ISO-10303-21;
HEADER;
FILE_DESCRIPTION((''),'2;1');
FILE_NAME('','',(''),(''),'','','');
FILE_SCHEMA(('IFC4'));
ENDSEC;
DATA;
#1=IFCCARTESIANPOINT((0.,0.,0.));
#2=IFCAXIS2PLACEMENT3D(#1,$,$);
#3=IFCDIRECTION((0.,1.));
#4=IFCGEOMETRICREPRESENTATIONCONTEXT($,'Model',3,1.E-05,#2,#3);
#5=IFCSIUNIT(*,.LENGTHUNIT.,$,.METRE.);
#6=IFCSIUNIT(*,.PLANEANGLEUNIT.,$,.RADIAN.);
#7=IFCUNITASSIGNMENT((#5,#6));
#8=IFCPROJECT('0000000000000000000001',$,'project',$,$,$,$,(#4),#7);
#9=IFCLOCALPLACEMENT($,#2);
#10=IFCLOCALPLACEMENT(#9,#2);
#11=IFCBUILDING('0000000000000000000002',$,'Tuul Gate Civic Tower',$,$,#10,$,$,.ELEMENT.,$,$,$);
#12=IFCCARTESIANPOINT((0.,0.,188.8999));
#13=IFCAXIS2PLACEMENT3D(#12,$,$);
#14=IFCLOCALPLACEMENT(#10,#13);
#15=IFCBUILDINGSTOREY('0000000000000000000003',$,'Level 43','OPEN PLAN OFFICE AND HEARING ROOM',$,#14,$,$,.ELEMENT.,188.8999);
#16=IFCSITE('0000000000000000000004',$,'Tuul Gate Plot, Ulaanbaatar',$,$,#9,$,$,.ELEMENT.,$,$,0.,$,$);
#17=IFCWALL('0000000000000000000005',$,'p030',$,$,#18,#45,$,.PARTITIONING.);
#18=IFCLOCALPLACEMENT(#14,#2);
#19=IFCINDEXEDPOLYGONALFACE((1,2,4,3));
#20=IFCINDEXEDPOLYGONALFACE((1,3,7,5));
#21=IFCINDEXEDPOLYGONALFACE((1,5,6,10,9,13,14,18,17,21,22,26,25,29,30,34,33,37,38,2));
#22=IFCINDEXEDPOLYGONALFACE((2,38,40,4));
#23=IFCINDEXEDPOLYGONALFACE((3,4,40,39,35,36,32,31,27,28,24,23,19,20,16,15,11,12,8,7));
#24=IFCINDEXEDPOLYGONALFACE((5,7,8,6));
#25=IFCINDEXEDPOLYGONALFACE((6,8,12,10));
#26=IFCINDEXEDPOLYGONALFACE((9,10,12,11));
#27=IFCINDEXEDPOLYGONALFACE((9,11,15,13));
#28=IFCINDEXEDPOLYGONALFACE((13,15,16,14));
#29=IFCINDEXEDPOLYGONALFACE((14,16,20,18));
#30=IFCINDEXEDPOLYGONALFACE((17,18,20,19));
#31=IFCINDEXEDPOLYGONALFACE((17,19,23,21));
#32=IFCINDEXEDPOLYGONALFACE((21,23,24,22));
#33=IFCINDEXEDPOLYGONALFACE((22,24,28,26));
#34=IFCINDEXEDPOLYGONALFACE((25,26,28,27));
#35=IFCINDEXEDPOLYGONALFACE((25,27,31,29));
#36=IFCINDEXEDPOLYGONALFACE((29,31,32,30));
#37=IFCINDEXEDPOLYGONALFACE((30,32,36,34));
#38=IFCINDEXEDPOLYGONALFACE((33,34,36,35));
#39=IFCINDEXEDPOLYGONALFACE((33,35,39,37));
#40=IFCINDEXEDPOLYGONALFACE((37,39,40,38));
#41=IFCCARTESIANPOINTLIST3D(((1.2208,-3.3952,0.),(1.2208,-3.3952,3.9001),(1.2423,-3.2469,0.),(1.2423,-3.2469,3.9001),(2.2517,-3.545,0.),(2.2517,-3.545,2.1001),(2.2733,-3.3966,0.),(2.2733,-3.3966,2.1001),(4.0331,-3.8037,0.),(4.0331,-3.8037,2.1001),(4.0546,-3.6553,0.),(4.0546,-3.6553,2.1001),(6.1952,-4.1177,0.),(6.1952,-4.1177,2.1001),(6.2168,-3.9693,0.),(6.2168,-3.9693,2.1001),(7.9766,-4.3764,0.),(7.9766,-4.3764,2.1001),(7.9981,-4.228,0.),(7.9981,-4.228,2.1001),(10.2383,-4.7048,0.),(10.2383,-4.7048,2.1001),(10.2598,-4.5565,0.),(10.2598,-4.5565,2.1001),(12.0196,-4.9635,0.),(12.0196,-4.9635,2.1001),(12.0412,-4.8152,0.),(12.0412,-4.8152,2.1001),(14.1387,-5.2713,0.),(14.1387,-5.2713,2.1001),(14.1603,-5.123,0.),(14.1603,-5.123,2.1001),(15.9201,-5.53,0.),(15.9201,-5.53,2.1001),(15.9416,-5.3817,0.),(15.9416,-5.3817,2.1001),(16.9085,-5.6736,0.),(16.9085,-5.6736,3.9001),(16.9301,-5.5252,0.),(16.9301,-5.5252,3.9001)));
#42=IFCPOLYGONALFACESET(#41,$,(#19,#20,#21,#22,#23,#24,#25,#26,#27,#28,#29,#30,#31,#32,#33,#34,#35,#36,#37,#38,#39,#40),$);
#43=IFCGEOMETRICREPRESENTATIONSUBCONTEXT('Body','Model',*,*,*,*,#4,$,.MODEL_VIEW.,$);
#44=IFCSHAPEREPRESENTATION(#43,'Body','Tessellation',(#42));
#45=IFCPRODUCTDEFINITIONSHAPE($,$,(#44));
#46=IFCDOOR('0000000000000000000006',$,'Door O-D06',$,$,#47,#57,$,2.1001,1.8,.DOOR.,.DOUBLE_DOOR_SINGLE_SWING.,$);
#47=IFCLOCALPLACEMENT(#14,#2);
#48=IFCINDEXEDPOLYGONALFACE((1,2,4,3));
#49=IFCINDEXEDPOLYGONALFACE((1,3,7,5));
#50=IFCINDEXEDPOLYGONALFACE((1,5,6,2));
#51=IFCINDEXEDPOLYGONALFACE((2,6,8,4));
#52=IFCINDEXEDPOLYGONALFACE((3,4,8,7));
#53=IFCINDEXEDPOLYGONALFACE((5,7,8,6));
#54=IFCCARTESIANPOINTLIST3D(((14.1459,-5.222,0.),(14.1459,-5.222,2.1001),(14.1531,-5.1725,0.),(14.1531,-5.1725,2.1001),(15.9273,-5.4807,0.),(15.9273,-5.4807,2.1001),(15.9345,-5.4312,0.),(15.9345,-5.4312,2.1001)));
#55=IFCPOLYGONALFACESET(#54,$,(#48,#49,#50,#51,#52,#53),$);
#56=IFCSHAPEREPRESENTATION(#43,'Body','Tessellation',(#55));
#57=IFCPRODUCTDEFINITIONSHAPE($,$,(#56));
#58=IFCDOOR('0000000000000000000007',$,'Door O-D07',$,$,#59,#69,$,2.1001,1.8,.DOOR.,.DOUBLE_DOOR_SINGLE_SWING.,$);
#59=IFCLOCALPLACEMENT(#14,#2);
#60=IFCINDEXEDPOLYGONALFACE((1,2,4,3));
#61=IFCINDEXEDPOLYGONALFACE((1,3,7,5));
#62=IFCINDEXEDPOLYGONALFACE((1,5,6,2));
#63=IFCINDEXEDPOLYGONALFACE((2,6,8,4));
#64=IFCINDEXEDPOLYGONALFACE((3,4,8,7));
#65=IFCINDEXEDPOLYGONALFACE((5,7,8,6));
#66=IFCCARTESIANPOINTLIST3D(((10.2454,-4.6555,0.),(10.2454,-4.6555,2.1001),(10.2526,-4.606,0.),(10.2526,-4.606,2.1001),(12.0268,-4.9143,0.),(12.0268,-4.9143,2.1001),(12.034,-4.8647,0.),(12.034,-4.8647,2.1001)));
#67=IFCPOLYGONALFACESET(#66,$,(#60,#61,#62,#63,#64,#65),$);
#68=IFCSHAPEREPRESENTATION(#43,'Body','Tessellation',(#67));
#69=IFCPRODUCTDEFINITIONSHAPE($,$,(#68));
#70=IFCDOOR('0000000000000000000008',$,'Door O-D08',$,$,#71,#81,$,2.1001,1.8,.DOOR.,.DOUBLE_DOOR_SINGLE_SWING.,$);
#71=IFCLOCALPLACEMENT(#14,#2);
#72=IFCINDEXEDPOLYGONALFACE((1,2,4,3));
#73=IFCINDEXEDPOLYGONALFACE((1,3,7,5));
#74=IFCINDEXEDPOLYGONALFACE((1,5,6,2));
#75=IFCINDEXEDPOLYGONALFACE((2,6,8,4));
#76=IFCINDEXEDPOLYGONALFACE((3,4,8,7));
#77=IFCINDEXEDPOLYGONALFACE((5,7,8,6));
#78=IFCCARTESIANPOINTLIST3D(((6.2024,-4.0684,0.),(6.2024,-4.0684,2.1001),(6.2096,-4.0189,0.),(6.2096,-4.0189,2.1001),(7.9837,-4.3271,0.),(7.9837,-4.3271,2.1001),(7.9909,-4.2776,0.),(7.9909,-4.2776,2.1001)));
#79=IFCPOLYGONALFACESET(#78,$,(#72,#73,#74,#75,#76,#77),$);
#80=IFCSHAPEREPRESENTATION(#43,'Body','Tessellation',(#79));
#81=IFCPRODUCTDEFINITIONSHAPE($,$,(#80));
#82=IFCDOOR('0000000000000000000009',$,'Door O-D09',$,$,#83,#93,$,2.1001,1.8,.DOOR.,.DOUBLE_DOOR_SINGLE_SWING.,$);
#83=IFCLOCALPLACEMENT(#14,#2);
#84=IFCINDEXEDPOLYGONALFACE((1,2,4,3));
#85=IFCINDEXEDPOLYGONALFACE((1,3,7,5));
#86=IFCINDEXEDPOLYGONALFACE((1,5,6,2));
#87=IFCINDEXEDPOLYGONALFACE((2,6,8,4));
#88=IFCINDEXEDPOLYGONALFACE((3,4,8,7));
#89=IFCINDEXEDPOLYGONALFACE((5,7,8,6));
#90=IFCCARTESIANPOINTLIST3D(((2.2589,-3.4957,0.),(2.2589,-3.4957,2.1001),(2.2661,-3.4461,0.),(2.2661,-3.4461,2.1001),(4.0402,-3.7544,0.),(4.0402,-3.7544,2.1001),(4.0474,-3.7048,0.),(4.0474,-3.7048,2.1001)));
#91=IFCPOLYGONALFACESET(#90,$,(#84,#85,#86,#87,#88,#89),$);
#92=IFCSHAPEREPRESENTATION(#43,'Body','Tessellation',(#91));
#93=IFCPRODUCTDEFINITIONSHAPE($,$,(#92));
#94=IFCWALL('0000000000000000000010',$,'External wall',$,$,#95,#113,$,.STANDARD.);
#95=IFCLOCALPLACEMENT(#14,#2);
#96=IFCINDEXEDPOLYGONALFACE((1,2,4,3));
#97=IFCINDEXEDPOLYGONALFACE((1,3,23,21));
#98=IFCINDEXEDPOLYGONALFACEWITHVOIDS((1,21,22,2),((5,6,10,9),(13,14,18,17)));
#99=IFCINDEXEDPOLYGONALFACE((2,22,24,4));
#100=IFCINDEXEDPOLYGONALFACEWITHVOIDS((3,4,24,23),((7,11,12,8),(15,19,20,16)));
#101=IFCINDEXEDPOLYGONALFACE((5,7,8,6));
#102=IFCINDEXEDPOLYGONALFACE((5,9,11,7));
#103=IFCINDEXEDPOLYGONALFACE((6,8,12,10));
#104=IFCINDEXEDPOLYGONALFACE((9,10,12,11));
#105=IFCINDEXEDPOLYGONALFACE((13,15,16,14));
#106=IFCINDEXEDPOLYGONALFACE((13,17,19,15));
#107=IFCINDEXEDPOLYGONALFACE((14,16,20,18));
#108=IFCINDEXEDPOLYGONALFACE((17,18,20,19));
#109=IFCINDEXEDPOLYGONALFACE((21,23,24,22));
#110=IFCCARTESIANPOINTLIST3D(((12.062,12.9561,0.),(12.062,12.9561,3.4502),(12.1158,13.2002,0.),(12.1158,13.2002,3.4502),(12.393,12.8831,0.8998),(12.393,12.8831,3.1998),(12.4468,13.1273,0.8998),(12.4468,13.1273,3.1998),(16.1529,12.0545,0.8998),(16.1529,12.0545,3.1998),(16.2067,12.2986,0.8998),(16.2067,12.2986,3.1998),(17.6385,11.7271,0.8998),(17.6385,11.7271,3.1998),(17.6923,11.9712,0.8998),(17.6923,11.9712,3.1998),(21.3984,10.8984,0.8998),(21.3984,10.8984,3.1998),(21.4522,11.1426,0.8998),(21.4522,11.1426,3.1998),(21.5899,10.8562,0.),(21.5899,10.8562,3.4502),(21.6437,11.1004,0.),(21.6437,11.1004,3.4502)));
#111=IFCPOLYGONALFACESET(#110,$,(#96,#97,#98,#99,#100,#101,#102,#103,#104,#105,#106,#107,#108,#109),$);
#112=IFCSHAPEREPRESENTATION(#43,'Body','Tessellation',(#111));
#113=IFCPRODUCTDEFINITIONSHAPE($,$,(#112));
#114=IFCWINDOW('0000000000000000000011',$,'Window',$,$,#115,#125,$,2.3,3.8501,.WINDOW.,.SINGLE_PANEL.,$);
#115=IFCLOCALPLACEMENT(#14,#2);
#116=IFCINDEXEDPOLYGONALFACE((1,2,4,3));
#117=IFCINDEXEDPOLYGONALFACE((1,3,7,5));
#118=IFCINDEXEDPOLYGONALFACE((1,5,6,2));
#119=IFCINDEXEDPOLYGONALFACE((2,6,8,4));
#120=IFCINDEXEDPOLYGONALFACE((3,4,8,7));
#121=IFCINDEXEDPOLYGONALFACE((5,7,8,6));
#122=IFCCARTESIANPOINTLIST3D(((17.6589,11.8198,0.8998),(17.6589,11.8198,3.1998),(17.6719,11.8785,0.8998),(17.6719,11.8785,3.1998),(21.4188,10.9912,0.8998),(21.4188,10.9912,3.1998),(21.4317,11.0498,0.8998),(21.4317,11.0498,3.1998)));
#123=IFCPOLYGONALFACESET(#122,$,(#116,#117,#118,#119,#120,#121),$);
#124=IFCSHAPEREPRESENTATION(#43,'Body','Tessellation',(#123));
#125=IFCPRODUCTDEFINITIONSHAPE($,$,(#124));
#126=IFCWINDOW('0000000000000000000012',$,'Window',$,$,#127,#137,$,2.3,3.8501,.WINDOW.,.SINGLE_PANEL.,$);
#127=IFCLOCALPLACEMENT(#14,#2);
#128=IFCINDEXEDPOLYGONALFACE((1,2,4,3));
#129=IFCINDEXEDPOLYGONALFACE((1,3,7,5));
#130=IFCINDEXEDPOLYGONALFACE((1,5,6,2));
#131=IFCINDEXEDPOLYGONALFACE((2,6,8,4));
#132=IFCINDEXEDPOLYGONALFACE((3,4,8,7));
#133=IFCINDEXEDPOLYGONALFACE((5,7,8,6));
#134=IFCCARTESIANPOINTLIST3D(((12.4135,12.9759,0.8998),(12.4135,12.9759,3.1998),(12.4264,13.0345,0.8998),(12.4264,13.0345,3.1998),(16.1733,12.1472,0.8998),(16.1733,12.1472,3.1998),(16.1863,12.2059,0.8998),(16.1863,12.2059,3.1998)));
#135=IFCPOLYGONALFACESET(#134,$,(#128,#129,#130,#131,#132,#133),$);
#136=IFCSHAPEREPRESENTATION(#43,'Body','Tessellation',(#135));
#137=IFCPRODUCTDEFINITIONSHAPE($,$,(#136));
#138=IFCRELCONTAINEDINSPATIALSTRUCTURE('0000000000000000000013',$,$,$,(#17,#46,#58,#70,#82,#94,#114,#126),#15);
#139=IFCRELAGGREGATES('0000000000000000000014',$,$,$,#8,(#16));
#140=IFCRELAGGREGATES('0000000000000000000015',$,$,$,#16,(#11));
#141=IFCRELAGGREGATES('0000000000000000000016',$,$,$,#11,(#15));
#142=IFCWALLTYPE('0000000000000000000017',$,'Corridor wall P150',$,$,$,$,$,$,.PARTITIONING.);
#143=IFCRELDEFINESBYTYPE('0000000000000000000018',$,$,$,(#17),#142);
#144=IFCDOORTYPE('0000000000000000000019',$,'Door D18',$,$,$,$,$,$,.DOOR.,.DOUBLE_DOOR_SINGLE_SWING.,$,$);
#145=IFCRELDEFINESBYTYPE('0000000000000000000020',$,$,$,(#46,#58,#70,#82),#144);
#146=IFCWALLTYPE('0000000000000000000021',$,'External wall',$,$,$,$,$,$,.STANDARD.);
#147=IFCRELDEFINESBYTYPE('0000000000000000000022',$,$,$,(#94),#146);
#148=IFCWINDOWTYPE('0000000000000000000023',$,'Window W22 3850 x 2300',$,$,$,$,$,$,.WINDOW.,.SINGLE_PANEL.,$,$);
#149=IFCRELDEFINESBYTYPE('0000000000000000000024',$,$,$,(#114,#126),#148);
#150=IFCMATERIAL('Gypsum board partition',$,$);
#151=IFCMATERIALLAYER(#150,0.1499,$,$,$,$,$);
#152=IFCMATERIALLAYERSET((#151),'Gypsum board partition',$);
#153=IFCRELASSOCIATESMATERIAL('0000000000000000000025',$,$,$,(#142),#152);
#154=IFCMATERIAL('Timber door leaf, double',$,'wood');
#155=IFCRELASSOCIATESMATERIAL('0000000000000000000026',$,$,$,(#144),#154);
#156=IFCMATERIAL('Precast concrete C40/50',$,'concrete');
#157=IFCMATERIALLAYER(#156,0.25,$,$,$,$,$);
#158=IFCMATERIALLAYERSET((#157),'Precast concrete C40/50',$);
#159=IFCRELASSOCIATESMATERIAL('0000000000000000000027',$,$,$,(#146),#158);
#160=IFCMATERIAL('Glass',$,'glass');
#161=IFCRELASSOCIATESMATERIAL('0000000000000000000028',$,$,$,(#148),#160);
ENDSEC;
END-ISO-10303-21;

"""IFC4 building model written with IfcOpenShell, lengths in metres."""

from ifc_helpers import new_model, si_unit, direction, frame, frame_2d, origin, place, context, subcontext, project, spatial, rectangle, extrude, material, layer, layer_set, type_object, element, fill, save


model = new_model("IFC4")

# Units and contexts
model_context = context("Model", 3, precision=1e-05, world=origin(), true_north=direction((0.0, 1.0)))
body_context = subcontext(model_context, "Body", "Model", "MODEL_VIEW")
ifc_project = project(units=[si_unit("LENGTHUNIT", "METRE"), si_unit("PLANEANGLEUNIT", "RADIAN")], contexts=[model_context])

# Site, building, storey
site_placement = place(None, origin())
site = spatial("IfcSite", under=ifc_project, at=site_placement, Name="Tuul Gate Plot, Ulaanbaatar", CompositionType="ELEMENT", RefElevation=0.0)
building_placement = place(site_placement, origin())
building = spatial("IfcBuilding", under=site, at=building_placement, Name="Tuul Gate Civic Tower", CompositionType="ELEMENT")
storey_placement = place(building_placement, frame((0.0, 0.0, 188.8999)))
storey = spatial("IfcBuildingStorey", under=building, at=storey_placement, Name="Level 43", Description="OPEN PLAN OFFICE AND HEARING ROOM", CompositionType="ELEMENT", Elevation=188.8999)

# Wall, openings, doors
ifc_material_1 = material(Name="Gypsum board partition")
ifc_layer_1 = layer(ifc_material_1, 0.1499)
ifc_layer_set_1 = layer_set([ifc_layer_1], Name="Gypsum board partition")
wall_type_1 = type_object("IfcWallType", Name="Corridor wall P150", PredefinedType="PARTITIONING", material=ifc_layer_set_1)
wall_1_placement = place(storey_placement, frame((1.2314, -3.321, 0.0), z_axis=(0.0, 0.0, 1.0), x_axis=(0.989618, -0.143722, 0.0)))
wall_1 = element("IfcWall", 1, at=wall_1_placement, inside=storey, type_object=wall_type_1, Name="p030", PredefinedType="PARTITIONING", context=body_context, shape_type="SweptSolid", body=[
    extrude(rectangle(XDim=15.8523, YDim=0.1499, at=frame_2d((7.9263, 0.0))), origin(), (0.0, 0.0, 1.0), 3.9001),
])
opening_1_placement = place(wall_1_placement, frame((13.0537, 0.0, 0.0)))
opening_1 = element("IfcOpeningElement", 2, at=opening_1_placement, cuts=wall_1, PredefinedType="OPENING", context=body_context, shape_type="SweptSolid", body=[
    extrude(rectangle(XDim=1.8, YDim=2.1001, at=frame_2d((0.8999, 1.05))), frame((0.0, 0.085, 0.0), z_axis=(0.0, -1.0, 0.0), x_axis=(1.0, 0.0, 0.0)), (0.0, 0.0, 1.0), 0.1699),
])
opening_2_placement = place(wall_1_placement, frame((9.1123, 0.0, 0.0)))
opening_2 = element("IfcOpeningElement", 3, at=opening_2_placement, cuts=wall_1, PredefinedType="OPENING", context=body_context, shape_type="SweptSolid", body=[
    extrude(rectangle(XDim=1.8, YDim=2.1001, at=frame_2d((0.8999, 1.05))), frame((0.0, 0.085, 0.0), z_axis=(0.0, -1.0, 0.0), x_axis=(1.0, 0.0, 0.0)), (0.0, 0.0, 1.0), 0.1699),
])
opening_3_placement = place(wall_1_placement, frame((5.0269, 0.0, 0.0)))
opening_3 = element("IfcOpeningElement", 4, at=opening_3_placement, cuts=wall_1, PredefinedType="OPENING", context=body_context, shape_type="SweptSolid", body=[
    extrude(rectangle(XDim=1.8, YDim=2.1001, at=frame_2d((0.8999, 1.05))), frame((0.0, 0.085, 0.0), z_axis=(0.0, -1.0, 0.0), x_axis=(1.0, 0.0, 0.0)), (0.0, 0.0, 1.0), 0.1699),
])
opening_4_placement = place(wall_1_placement, frame((1.042, 0.0, 0.0)))
opening_4 = element("IfcOpeningElement", 5, at=opening_4_placement, cuts=wall_1, PredefinedType="OPENING", context=body_context, shape_type="SweptSolid", body=[
    extrude(rectangle(XDim=1.8, YDim=2.1001, at=frame_2d((0.8999, 1.05))), frame((0.0, 0.085, 0.0), z_axis=(0.0, -1.0, 0.0), x_axis=(1.0, 0.0, 0.0)), (0.0, 0.0, 1.0), 0.1699),
])
ifc_material_2 = material(Name="Timber door leaf, double", Category="wood")
door_type = type_object("IfcDoorType", Name="Door D18", OperationType="DOUBLE_DOOR_SINGLE_SWING", PredefinedType="DOOR", material=ifc_material_2)
door_1_placement = place(opening_1_placement, origin())
door_1 = element("IfcDoor", 6, at=door_1_placement, inside=storey, type_object=door_type, Name="Door O-D06", OperationType="DOUBLE_DOOR_SINGLE_SWING", OverallHeight=2.1001, OverallWidth=1.8, PredefinedType="DOOR", context=body_context, shape_type="SweptSolid", body=[
    extrude(rectangle(XDim=1.8, YDim=2.1001, at=frame_2d((0.8999, 1.05))), frame((0.0, 0.0249, 0.0), z_axis=(0.0, -1.0, 0.0), x_axis=(1.0, 0.0, 0.0)), (0.0, 0.0, 1.0), 0.05),
])
fill(opening_1, door_1)
door_2_placement = place(opening_2_placement, origin())
door_2 = element("IfcDoor", 7, at=door_2_placement, inside=storey, type_object=door_type, Name="Door O-D07", OperationType="DOUBLE_DOOR_SINGLE_SWING", OverallHeight=2.1001, OverallWidth=1.8, PredefinedType="DOOR", context=body_context, shape_type="SweptSolid", body=[
    extrude(rectangle(XDim=1.8, YDim=2.1001, at=frame_2d((0.8999, 1.05))), frame((0.0, 0.0249, 0.0), z_axis=(0.0, -1.0, 0.0), x_axis=(1.0, 0.0, 0.0)), (0.0, 0.0, 1.0), 0.05),
])
fill(opening_2, door_2)
door_3_placement = place(opening_3_placement, origin())
door_3 = element("IfcDoor", 8, at=door_3_placement, inside=storey, type_object=door_type, Name="Door O-D08", OperationType="DOUBLE_DOOR_SINGLE_SWING", OverallHeight=2.1001, OverallWidth=1.8, PredefinedType="DOOR", context=body_context, shape_type="SweptSolid", body=[
    extrude(rectangle(XDim=1.8, YDim=2.1001, at=frame_2d((0.8999, 1.05))), frame((0.0, 0.0249, 0.0), z_axis=(0.0, -1.0, 0.0), x_axis=(1.0, 0.0, 0.0)), (0.0, 0.0, 1.0), 0.05),
])
fill(opening_3, door_3)
door_4_placement = place(opening_4_placement, origin())
door_4 = element("IfcDoor", 9, at=door_4_placement, inside=storey, type_object=door_type, Name="Door O-D09", OperationType="DOUBLE_DOOR_SINGLE_SWING", OverallHeight=2.1001, OverallWidth=1.8, PredefinedType="DOOR", context=body_context, shape_type="SweptSolid", body=[
    extrude(rectangle(XDim=1.8, YDim=2.1001, at=frame_2d((0.8999, 1.05))), frame((0.0, 0.0249, 0.0), z_axis=(0.0, -1.0, 0.0), x_axis=(1.0, 0.0, 0.0)), (0.0, 0.0, 1.0), 0.05),
])
fill(opening_4, door_4)

# Wall, openings, windows
ifc_material_3 = material(Name="Precast concrete C40/50", Category="concrete")
ifc_layer_2 = layer(ifc_material_3, 0.25)
ifc_layer_set_2 = layer_set([ifc_layer_2], Name="Precast concrete C40/50")
wall_type_2 = type_object("IfcWallType", Name="External wall", PredefinedType="STANDARD", material=ifc_layer_set_2)
wall_2_placement = place(storey_placement, frame((21.6169, 10.9783, 0.0), z_axis=(0.0, 0.0, 1.0), x_axis=(-0.976564, 0.215226, 0.0)))
wall_2 = element("IfcWall", 10, at=wall_2_placement, inside=storey, type_object=wall_type_2, Name="External wall", PredefinedType="STANDARD", context=body_context, shape_type="SweptSolid", body=[
    extrude(rectangle(XDim=9.7566, YDim=0.25, at=frame_2d((4.8784, 0.0))), origin(), (0.0, 0.0, 1.0), 3.4502),
])
opening_5_placement = place(wall_2_placement, frame((0.1963, 0.0, 0.8999)))
opening_5 = element("IfcOpeningElement", 11, at=opening_5_placement, cuts=wall_2, PredefinedType="OPENING", context=body_context, shape_type="SweptSolid", body=[
    extrude(rectangle(XDim=3.8501, YDim=2.3, at=frame_2d((1.925, 1.1499))), frame((0.0, 0.135, 0.0), z_axis=(0.0, -1.0, 0.0), x_axis=(1.0, 0.0, 0.0)), (0.0, 0.0, 1.0), 0.27),
])
opening_6_placement = place(wall_2_placement, frame((5.5676, 0.0, 0.8999)))
opening_6 = element("IfcOpeningElement", 12, at=opening_6_placement, cuts=wall_2, PredefinedType="OPENING", context=body_context, shape_type="SweptSolid", body=[
    extrude(rectangle(XDim=3.8501, YDim=2.3, at=frame_2d((1.925, 1.1499))), frame((0.0, 0.135, 0.0), z_axis=(0.0, -1.0, 0.0), x_axis=(1.0, 0.0, 0.0)), (0.0, 0.0, 1.0), 0.27),
])
ifc_material_4 = material(Name="Glass", Category="glass")
window_type = type_object("IfcWindowType", Name="Window W22 3850 x 2300", PartitioningType="SINGLE_PANEL", PredefinedType="WINDOW", material=ifc_material_4)
window_1_placement = place(opening_5_placement, origin())
window_1 = element("IfcWindow", 13, at=window_1_placement, inside=storey, type_object=window_type, Name="Window", OverallHeight=2.3, OverallWidth=3.8501, PartitioningType="SINGLE_PANEL", PredefinedType="WINDOW", context=body_context, shape_type="SweptSolid", body=[
    extrude(rectangle(XDim=3.8501, YDim=2.3, at=frame_2d((1.925, 1.1499))), frame((0.0, 0.03, 0.0), z_axis=(0.0, -1.0, 0.0), x_axis=(1.0, 0.0, 0.0)), (0.0, 0.0, 1.0), 0.0601),
])
fill(opening_5, window_1)
window_2_placement = place(opening_6_placement, origin())
window_2 = element("IfcWindow", 14, at=window_2_placement, inside=storey, type_object=window_type, Name="Window", OverallHeight=2.3, OverallWidth=3.8501, PartitioningType="SINGLE_PANEL", PredefinedType="WINDOW", context=body_context, shape_type="SweptSolid", body=[
    extrude(rectangle(XDim=3.8501, YDim=2.3, at=frame_2d((1.925, 1.1499))), frame((0.0, 0.03, 0.0), z_axis=(0.0, -1.0, 0.0), x_axis=(1.0, 0.0, 0.0)), (0.0, 0.0, 1.0), 0.0601),
])
fill(opening_6, window_2)

save(model, "model.ifc")
